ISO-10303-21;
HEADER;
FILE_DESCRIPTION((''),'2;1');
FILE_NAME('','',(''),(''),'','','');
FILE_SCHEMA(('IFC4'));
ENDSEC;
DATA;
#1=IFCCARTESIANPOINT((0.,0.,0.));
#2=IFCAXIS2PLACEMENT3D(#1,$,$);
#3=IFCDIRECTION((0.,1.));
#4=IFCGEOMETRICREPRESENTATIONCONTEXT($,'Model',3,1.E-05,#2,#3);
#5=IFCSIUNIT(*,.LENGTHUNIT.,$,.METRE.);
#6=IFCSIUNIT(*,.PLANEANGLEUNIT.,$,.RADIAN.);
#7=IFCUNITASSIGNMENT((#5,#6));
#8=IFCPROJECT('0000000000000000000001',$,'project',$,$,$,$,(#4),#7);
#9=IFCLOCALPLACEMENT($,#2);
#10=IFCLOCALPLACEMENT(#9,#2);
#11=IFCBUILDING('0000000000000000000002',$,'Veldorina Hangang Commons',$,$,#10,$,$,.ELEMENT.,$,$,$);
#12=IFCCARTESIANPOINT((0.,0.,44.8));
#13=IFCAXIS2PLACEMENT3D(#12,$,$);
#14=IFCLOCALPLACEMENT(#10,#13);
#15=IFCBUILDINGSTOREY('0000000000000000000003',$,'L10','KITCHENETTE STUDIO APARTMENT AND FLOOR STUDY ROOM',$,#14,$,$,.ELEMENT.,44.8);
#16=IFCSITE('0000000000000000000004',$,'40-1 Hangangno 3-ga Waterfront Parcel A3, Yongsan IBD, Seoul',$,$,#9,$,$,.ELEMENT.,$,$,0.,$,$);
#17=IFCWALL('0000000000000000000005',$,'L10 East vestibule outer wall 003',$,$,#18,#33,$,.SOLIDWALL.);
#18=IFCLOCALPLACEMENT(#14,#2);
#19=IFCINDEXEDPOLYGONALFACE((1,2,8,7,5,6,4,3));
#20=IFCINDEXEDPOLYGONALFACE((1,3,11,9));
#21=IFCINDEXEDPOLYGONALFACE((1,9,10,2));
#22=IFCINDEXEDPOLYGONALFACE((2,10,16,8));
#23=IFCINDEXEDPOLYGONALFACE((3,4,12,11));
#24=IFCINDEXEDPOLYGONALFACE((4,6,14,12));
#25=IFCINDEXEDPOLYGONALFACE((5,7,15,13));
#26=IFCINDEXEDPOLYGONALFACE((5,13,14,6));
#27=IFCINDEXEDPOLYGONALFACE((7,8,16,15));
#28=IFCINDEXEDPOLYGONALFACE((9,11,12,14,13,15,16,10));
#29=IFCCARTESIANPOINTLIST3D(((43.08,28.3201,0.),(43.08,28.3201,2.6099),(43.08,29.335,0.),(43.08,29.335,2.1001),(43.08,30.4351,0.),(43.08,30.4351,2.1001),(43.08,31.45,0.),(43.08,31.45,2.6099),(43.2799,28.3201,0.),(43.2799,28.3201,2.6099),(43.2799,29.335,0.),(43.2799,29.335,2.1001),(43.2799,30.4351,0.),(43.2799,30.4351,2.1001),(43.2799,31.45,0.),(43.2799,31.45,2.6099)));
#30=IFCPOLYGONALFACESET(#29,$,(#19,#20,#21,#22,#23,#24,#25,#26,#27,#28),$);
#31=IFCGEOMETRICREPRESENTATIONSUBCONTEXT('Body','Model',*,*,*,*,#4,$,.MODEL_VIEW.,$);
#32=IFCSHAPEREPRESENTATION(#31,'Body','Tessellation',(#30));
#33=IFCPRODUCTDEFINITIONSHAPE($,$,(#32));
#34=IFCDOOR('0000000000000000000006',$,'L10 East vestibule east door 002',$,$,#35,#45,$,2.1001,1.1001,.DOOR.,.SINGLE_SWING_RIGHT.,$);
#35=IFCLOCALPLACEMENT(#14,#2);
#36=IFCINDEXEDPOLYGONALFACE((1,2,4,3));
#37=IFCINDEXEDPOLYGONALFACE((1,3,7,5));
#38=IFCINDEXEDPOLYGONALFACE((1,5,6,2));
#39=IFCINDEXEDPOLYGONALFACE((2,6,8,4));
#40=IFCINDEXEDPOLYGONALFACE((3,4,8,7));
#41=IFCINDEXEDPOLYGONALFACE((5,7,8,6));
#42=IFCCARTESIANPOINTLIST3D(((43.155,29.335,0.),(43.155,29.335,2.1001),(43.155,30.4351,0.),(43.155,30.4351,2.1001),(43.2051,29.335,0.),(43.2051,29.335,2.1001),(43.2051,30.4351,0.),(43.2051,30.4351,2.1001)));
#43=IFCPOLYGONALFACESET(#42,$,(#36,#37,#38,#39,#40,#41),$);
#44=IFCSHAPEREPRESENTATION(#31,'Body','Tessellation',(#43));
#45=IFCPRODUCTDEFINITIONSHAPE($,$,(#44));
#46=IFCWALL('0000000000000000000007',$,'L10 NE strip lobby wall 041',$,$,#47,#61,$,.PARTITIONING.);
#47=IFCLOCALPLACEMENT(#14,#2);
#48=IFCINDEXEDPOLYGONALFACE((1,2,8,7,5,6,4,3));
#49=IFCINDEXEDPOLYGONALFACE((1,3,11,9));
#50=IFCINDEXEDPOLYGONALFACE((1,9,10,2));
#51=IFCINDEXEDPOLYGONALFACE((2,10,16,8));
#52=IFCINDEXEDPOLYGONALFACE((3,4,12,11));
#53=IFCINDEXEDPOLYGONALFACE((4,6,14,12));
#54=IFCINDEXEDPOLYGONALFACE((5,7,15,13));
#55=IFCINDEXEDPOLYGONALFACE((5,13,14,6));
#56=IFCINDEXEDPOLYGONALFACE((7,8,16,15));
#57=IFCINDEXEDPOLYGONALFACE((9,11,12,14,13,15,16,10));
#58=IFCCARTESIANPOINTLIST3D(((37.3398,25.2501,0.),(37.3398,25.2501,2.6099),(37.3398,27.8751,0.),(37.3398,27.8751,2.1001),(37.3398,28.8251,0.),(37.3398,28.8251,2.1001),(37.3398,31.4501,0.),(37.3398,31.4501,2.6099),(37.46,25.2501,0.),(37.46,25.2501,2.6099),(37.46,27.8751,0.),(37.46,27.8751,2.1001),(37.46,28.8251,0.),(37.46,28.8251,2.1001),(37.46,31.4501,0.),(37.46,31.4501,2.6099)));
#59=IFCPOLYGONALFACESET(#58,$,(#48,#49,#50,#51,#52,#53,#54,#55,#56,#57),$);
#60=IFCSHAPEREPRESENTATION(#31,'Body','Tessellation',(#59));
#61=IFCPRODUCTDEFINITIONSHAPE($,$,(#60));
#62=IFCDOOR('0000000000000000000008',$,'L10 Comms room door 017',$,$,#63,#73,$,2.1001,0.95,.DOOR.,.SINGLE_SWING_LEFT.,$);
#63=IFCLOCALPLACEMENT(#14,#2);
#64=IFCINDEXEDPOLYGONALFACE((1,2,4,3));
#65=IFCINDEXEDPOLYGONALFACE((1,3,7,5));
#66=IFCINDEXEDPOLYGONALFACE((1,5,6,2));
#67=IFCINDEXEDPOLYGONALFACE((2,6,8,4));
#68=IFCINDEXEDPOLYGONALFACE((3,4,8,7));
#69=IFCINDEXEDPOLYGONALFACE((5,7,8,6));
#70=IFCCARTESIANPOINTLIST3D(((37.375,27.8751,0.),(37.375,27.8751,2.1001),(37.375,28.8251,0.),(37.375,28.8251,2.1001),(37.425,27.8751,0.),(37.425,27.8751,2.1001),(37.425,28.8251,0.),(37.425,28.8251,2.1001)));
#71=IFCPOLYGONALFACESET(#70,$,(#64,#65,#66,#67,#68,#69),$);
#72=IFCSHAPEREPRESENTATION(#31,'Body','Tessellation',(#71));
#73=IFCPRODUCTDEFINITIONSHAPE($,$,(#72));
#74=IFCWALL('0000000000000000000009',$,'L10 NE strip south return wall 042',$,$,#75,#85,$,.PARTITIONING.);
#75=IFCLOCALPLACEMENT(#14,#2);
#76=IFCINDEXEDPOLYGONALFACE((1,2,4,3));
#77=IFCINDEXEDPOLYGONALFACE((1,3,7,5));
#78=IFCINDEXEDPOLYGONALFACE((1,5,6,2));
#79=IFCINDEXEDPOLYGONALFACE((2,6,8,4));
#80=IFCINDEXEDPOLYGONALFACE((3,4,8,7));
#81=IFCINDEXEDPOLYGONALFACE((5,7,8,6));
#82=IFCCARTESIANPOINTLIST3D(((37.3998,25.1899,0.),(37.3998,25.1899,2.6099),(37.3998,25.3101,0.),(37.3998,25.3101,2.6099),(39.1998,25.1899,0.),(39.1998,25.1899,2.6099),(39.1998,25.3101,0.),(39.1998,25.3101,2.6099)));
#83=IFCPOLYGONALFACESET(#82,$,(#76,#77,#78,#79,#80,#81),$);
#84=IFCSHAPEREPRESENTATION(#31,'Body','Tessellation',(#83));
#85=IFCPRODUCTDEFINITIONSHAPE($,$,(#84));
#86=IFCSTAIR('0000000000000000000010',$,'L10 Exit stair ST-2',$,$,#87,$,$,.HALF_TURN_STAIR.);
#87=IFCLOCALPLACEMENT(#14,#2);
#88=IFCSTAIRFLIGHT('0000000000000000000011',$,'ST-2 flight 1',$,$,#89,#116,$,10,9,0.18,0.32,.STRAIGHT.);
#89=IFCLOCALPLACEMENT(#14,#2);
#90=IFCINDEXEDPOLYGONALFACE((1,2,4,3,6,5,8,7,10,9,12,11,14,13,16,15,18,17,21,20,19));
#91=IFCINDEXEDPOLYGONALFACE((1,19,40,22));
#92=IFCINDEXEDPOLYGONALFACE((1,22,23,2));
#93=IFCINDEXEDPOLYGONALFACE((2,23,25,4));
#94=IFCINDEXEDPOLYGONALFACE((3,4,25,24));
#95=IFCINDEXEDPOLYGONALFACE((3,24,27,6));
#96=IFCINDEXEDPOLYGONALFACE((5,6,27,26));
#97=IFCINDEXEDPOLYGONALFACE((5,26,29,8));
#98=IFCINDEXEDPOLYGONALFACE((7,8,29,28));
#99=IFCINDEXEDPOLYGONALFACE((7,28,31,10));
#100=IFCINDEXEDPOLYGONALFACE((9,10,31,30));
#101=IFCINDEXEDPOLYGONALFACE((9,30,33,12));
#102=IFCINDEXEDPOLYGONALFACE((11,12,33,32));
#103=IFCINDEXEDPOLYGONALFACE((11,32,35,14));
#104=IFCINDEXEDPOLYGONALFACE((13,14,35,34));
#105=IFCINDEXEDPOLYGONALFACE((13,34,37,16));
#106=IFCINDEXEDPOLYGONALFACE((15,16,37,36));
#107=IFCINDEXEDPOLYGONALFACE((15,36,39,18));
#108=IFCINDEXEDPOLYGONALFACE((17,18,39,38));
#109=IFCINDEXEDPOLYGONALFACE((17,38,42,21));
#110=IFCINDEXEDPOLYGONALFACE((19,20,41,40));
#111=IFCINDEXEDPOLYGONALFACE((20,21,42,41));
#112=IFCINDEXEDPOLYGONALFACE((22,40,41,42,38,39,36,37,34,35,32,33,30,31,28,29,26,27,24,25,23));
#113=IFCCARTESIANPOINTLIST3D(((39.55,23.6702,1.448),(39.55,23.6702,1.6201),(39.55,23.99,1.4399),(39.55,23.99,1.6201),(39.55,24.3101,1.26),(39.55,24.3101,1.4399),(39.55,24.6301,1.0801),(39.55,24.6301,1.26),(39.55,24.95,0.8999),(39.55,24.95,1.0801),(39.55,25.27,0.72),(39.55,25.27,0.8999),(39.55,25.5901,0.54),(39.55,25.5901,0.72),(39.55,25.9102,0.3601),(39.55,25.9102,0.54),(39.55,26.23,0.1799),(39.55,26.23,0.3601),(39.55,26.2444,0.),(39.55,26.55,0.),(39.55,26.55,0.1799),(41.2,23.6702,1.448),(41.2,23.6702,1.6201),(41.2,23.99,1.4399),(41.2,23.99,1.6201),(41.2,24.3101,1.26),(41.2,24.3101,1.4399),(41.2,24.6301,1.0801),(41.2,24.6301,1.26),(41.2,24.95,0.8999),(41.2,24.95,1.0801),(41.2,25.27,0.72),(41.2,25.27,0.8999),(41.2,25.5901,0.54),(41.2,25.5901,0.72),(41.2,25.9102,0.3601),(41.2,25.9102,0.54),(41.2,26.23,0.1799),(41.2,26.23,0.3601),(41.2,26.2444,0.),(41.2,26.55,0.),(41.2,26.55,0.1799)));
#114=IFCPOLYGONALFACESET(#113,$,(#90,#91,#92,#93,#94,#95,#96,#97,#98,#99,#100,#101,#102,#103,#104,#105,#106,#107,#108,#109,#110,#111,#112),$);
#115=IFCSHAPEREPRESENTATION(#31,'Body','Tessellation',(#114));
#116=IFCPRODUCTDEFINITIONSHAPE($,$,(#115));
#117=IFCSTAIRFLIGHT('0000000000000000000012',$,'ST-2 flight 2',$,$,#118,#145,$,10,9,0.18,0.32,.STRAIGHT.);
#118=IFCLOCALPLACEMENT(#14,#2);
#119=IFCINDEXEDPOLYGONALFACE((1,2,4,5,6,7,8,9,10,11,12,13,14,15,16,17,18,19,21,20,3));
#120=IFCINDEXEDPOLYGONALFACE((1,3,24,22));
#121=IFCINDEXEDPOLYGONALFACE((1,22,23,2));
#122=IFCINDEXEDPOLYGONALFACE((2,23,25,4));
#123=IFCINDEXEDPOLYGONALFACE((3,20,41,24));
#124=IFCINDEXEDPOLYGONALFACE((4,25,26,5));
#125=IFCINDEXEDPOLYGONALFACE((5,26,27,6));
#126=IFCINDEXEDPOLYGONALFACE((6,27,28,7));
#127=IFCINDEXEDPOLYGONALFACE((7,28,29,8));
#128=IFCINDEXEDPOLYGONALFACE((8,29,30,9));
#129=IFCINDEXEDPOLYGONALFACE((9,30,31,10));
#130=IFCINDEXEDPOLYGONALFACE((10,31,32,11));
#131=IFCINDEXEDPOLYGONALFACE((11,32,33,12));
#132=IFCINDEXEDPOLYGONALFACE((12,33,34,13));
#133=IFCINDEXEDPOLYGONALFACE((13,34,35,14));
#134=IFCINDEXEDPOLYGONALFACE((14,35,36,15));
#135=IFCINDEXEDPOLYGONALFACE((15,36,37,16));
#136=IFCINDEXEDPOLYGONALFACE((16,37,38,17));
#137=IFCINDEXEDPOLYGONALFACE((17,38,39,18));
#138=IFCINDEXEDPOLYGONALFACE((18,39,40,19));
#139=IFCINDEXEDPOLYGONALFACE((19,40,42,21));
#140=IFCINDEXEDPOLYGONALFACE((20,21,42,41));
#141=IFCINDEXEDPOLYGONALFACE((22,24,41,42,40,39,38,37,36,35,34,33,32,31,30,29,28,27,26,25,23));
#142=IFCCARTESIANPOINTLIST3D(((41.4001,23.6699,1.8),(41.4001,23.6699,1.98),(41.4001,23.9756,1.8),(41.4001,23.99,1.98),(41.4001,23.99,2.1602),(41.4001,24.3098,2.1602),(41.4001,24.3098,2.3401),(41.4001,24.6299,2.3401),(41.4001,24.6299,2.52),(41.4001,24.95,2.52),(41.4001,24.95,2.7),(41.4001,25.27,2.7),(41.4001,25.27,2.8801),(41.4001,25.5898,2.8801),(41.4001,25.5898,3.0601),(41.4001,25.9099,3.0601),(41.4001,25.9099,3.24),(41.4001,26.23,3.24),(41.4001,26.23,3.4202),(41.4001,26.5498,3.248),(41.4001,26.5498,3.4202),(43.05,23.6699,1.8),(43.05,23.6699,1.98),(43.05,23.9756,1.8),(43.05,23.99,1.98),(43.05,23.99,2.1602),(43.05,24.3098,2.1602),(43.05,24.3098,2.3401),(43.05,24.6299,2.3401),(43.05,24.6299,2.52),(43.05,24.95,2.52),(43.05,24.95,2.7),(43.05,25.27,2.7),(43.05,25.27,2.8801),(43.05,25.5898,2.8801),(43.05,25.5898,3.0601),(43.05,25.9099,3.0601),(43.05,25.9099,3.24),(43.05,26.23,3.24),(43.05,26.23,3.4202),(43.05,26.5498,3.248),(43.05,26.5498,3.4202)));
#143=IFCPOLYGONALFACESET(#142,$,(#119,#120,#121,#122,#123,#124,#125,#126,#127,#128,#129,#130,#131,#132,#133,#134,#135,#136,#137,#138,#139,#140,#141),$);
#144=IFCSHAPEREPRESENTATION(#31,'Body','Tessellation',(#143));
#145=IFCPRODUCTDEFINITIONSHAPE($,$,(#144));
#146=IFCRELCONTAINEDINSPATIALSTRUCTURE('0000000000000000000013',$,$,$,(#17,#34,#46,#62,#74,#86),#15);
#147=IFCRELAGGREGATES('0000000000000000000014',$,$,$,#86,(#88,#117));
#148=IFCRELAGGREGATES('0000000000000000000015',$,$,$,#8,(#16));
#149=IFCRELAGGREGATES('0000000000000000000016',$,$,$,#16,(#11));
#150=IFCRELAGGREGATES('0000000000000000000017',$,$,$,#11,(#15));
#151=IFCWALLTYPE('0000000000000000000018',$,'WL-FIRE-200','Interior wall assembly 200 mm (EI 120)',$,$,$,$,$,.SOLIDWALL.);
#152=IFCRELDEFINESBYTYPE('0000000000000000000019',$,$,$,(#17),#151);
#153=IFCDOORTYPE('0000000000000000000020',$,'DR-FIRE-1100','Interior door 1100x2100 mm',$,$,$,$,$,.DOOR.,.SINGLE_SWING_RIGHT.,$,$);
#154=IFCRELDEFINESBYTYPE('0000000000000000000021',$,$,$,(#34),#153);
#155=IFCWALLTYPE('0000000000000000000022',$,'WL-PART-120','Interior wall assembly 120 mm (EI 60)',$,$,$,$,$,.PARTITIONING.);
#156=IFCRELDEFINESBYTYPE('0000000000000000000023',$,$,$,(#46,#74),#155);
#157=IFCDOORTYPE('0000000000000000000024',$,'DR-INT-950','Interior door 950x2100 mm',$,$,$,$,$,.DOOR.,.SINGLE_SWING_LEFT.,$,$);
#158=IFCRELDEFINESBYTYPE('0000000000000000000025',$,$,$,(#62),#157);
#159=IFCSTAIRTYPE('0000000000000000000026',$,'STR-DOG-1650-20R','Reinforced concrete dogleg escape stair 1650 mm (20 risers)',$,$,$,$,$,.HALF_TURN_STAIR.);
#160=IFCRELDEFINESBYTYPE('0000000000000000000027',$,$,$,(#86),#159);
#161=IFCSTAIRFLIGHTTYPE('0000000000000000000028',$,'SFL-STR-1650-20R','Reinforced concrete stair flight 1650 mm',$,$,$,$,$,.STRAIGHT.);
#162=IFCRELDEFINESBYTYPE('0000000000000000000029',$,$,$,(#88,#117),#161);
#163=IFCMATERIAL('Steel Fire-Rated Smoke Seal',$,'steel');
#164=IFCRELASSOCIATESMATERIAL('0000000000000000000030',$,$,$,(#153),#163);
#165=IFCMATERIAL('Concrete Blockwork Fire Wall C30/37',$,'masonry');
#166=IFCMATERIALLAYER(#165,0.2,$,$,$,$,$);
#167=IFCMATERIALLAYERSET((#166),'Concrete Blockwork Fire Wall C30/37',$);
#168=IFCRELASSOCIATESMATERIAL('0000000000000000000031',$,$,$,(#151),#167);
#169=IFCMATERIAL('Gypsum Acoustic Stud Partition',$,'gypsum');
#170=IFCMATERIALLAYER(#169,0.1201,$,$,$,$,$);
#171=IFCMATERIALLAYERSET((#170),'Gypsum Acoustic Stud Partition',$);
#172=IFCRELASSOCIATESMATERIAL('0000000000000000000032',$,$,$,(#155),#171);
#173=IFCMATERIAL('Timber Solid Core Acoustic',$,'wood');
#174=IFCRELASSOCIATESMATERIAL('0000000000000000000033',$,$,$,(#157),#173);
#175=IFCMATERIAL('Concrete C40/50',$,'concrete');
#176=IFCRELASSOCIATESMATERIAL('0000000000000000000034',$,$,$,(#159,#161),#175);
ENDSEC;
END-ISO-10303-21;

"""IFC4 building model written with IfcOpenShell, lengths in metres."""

from ifc_helpers import new_model, si_unit, direction, frame, frame_2d, origin, place, context, subcontext, project, spatial, polyline, rectangle, outline, extrude, material, layer, layer_set, type_object, element, fill, aggregate, save


model = new_model("IFC4")

# Units and contexts
model_context = context("Model", 3, precision=1e-05, world=origin(), true_north=direction((0.0, 1.0)))
body_context = subcontext(model_context, "Body", "Model", "MODEL_VIEW")
ifc_project = project(units=[si_unit("LENGTHUNIT", "METRE"), si_unit("PLANEANGLEUNIT", "RADIAN")], contexts=[model_context])

# Site, building, storey
site_placement = place(None, origin())
site = spatial("IfcSite", under=ifc_project, at=site_placement, Name="40-1 Hangangno 3-ga Waterfront Parcel A3, Yongsan IBD, Seoul", CompositionType="ELEMENT", RefElevation=0.0)
building_placement = place(site_placement, origin())
building = spatial("IfcBuilding", under=site, at=building_placement, Name="Veldorina Hangang Commons", CompositionType="ELEMENT")
storey_placement = place(building_placement, frame((0.0, 0.0, 44.8)))
storey = spatial("IfcBuildingStorey", under=building, at=storey_placement, Name="L10", Description="KITCHENETTE STUDIO APARTMENT AND FLOOR STUDY ROOM", CompositionType="ELEMENT", Elevation=44.8)

# Shared definitions
ifc_material_1 = material(Name="Steel Fire-Rated Smoke Seal", Category="steel")
door_type_1 = type_object("IfcDoorType", Name="DR-FIRE-1100", Description="Interior door 1100x2100 mm", OperationType="SINGLE_SWING_RIGHT", PredefinedType="DOOR", material=ifc_material_1)

# Walls, openings, doors
ifc_material_2 = material(Name="Concrete Blockwork Fire Wall C30/37", Category="masonry")
ifc_layer_1 = layer(ifc_material_2, 0.2)
ifc_layer_set_1 = layer_set([ifc_layer_1], Name="Concrete Blockwork Fire Wall C30/37")
wall_type_1 = type_object("IfcWallType", Name="WL-FIRE-200", Description="Interior wall assembly 200 mm (EI 120)", PredefinedType="SOLIDWALL", material=ifc_layer_set_1)
wall_1_placement = place(storey_placement, frame((43.1799, 28.3201, 0.0), z_axis=(0.0, 0.0, 1.0), x_axis=(0.0, 1.0, 0.0)))
wall_1 = element("IfcWall", 1, at=wall_1_placement, inside=storey, type_object=wall_type_1, Name="L10 East vestibule outer wall 003", PredefinedType="SOLIDWALL", context=body_context, shape_type="SweptSolid", body=[
    extrude(rectangle(XDim=3.1299, YDim=0.2, at=frame_2d((1.5649, 0.0))), origin(), (0.0, 0.0, 1.0), 2.6099),
])
opening_1_placement = place(wall_1_placement, frame((1.0149, 0.0, 0.0)))
opening_1 = element("IfcOpeningElement", 2, at=opening_1_placement, cuts=wall_1, PredefinedType="OPENING", context=body_context, shape_type="SweptSolid", body=[
    extrude(rectangle(XDim=1.1001, YDim=2.1001, at=frame_2d((0.55, 1.05))), frame((0.0, 0.1099, 0.0), z_axis=(0.0, -1.0, 0.0), x_axis=(1.0, 0.0, 0.0)), (0.0, 0.0, 1.0), 0.22),
])
door_1_placement = place(opening_1_placement, origin())
door_1 = element("IfcDoor", 3, at=door_1_placement, inside=storey, type_object=door_type_1, Name="L10 East vestibule east door 002", OperationType="SINGLE_SWING_RIGHT", OverallHeight=2.1001, OverallWidth=1.1001, PredefinedType="DOOR", context=body_context, shape_type="SweptSolid", body=[
    extrude(rectangle(XDim=1.1001, YDim=2.1001, at=frame_2d((0.55, 1.05))), frame((0.0, 0.0249, 0.0), z_axis=(0.0, -1.0, 0.0), x_axis=(1.0, 0.0, 0.0)), (0.0, 0.0, 1.0), 0.05),
])
fill(opening_1, door_1)
ifc_material_3 = material(Name="Gypsum Acoustic Stud Partition", Category="gypsum")
ifc_layer_2 = layer(ifc_material_3, 0.1201)
ifc_layer_set_2 = layer_set([ifc_layer_2], Name="Gypsum Acoustic Stud Partition")
wall_type_2 = type_object("IfcWallType", Name="WL-PART-120", Description="Interior wall assembly 120 mm (EI 60)", PredefinedType="PARTITIONING", material=ifc_layer_set_2)
wall_2_placement = place(storey_placement, frame((37.3999, 25.25, 0.0), z_axis=(0.0, 0.0, 1.0), x_axis=(0.0, 1.0, 0.0)))
wall_2 = element("IfcWall", 4, at=wall_2_placement, inside=storey, type_object=wall_type_2, Name="L10 NE strip lobby wall 041", PredefinedType="PARTITIONING", context=body_context, shape_type="SweptSolid", body=[
    extrude(rectangle(XDim=6.2, YDim=0.1201, at=frame_2d((3.1001, 0.0))), origin(), (0.0, 0.0, 1.0), 2.6099),
])
opening_2_placement = place(wall_2_placement, frame((2.625, 0.0, 0.0)))
opening_2 = element("IfcOpeningElement", 5, at=opening_2_placement, cuts=wall_2, PredefinedType="OPENING", context=body_context, shape_type="SweptSolid", body=[
    extrude(rectangle(XDim=0.95, YDim=2.1001, at=frame_2d((0.4751, 1.05))), frame((0.0, 0.0701, 0.0), z_axis=(0.0, -1.0, 0.0), x_axis=(1.0, 0.0, 0.0)), (0.0, 0.0, 1.0), 0.1401),
])
ifc_material_4 = material(Name="Timber Solid Core Acoustic", Category="wood")
door_type_2 = type_object("IfcDoorType", Name="DR-INT-950", Description="Interior door 950x2100 mm", OperationType="SINGLE_SWING_LEFT", PredefinedType="DOOR", material=ifc_material_4)
door_2_placement = place(opening_2_placement, origin())
door_2 = element("IfcDoor", 6, at=door_2_placement, inside=storey, type_object=door_type_2, Name="L10 Comms room door 017", OperationType="SINGLE_SWING_LEFT", OverallHeight=2.1001, OverallWidth=0.95, PredefinedType="DOOR", context=body_context, shape_type="SweptSolid", body=[
    extrude(rectangle(XDim=0.95, YDim=2.1001, at=frame_2d((0.4751, 1.05))), frame((0.0, 0.0249, 0.0), z_axis=(0.0, -1.0, 0.0), x_axis=(1.0, 0.0, 0.0)), (0.0, 0.0, 1.0), 0.05),
])
fill(opening_2, door_2)

# Wall
wall_3_placement = place(storey_placement, frame((37.3999, 25.25, 0.0), z_axis=(0.0, 0.0, 1.0), x_axis=(1.0, 0.0, 0.0)))
element("IfcWall", 7, at=wall_3_placement, inside=storey, type_object=wall_type_2, Name="L10 NE strip south return wall 042", PredefinedType="PARTITIONING", context=body_context, shape_type="SweptSolid", body=[
    extrude(rectangle(XDim=1.8, YDim=0.1201, at=frame_2d((0.8999, 0.0))), origin(), (0.0, 0.0, 1.0), 2.6099),
])

# Stair, stair flights
ifc_material_5 = material(Name="Concrete C40/50", Category="concrete")
stair_type = type_object("IfcStairType", Name="STR-DOG-1650-20R", Description="Reinforced concrete dogleg escape stair 1650 mm (20 risers)", PredefinedType="HALF_TURN_STAIR", material=ifc_material_5)
stair_placement = place(storey_placement, origin())
stair = element("IfcStair", 8, at=stair_placement, inside=storey, type_object=stair_type, Name="L10 Exit stair ST-2", PredefinedType="HALF_TURN_STAIR")
stair_flight_type = type_object("IfcStairFlightType", Name="SFL-STR-1650-20R", Description="Reinforced concrete stair flight 1650 mm", PredefinedType="STRAIGHT", material=ifc_material_5)
stair_flight_1_placement = place(storey_placement, frame((40.375, 26.55, 0.0), z_axis=(0.0, 0.0, 1.0), x_axis=(0.0, -1.0, 0.0)))
stair_flight_1 = element("IfcStairFlight", 9, at=stair_flight_1_placement, type_object=stair_flight_type, Name="ST-2 flight 1", NumberOfRisers=10, NumberOfTreads=9, PredefinedType="STRAIGHT", RiserHeight=0.18, TreadLength=0.32, context=body_context, shape_type="SweptSolid", body=[
    extrude(outline(polyline([(0.0, 0.0), (0.0, 0.1799), (0.3201, 0.1799), (0.3201, 0.3601), (0.6399, 0.3601), (0.6399, 0.54), (0.96, 0.54), (0.96, 0.72), (1.28, 0.72), (1.28, 0.8999), (1.6001, 0.8999), (1.6001, 1.0801), (1.9199, 1.0801), (1.9199, 1.26), (2.24, 1.26), (2.24, 1.4399), (2.5601, 1.4399), (2.5601, 1.6201), (2.8799, 1.6201), (2.8799, 1.8), (2.8799, 1.448), (0.3057, 0.0), (0.0, 0.0)])), frame((0.0, 0.825, 0.0), z_axis=(0.0, -1.0, 0.0), x_axis=(1.0, 0.0, 0.0)), (0.0, 0.0, 1.0), 1.6499),
])
stair_flight_2_placement = place(storey_placement, frame((42.2251, 23.6699, 1.8), z_axis=(0.0, 0.0, 1.0), x_axis=(0.0, 1.0, 0.0)))
stair_flight_2 = element("IfcStairFlight", 10, at=stair_flight_2_placement, type_object=stair_flight_type, Name="ST-2 flight 2", NumberOfRisers=10, NumberOfTreads=9, PredefinedType="STRAIGHT", RiserHeight=0.18, TreadLength=0.32, context=body_context, shape_type="SweptSolid", body=[
    extrude(outline(polyline([(0.0, 0.0), (0.0, 0.1799), (0.3201, 0.1799), (0.3201, 0.3601), (0.6399, 0.3601), (0.6399, 0.54), (0.96, 0.54), (0.96, 0.72), (1.28, 0.72), (1.28, 0.8999), (1.6001, 0.8999), (1.6001, 1.0801), (1.9199, 1.0801), (1.9199, 1.26), (2.24, 1.26), (2.24, 1.4399), (2.5601, 1.4399), (2.5601, 1.6201), (2.8799, 1.6201), (2.8799, 1.8), (2.8799, 1.448), (0.3057, 0.0), (0.0, 0.0)])), frame((0.0, 0.825, 0.0), z_axis=(0.0, -1.0, 0.0), x_axis=(1.0, 0.0, 0.0)), (0.0, 0.0, 1.0), 1.6499),
])
aggregate(stair, [stair_flight_1, stair_flight_2])

save(model, "model.ifc")
